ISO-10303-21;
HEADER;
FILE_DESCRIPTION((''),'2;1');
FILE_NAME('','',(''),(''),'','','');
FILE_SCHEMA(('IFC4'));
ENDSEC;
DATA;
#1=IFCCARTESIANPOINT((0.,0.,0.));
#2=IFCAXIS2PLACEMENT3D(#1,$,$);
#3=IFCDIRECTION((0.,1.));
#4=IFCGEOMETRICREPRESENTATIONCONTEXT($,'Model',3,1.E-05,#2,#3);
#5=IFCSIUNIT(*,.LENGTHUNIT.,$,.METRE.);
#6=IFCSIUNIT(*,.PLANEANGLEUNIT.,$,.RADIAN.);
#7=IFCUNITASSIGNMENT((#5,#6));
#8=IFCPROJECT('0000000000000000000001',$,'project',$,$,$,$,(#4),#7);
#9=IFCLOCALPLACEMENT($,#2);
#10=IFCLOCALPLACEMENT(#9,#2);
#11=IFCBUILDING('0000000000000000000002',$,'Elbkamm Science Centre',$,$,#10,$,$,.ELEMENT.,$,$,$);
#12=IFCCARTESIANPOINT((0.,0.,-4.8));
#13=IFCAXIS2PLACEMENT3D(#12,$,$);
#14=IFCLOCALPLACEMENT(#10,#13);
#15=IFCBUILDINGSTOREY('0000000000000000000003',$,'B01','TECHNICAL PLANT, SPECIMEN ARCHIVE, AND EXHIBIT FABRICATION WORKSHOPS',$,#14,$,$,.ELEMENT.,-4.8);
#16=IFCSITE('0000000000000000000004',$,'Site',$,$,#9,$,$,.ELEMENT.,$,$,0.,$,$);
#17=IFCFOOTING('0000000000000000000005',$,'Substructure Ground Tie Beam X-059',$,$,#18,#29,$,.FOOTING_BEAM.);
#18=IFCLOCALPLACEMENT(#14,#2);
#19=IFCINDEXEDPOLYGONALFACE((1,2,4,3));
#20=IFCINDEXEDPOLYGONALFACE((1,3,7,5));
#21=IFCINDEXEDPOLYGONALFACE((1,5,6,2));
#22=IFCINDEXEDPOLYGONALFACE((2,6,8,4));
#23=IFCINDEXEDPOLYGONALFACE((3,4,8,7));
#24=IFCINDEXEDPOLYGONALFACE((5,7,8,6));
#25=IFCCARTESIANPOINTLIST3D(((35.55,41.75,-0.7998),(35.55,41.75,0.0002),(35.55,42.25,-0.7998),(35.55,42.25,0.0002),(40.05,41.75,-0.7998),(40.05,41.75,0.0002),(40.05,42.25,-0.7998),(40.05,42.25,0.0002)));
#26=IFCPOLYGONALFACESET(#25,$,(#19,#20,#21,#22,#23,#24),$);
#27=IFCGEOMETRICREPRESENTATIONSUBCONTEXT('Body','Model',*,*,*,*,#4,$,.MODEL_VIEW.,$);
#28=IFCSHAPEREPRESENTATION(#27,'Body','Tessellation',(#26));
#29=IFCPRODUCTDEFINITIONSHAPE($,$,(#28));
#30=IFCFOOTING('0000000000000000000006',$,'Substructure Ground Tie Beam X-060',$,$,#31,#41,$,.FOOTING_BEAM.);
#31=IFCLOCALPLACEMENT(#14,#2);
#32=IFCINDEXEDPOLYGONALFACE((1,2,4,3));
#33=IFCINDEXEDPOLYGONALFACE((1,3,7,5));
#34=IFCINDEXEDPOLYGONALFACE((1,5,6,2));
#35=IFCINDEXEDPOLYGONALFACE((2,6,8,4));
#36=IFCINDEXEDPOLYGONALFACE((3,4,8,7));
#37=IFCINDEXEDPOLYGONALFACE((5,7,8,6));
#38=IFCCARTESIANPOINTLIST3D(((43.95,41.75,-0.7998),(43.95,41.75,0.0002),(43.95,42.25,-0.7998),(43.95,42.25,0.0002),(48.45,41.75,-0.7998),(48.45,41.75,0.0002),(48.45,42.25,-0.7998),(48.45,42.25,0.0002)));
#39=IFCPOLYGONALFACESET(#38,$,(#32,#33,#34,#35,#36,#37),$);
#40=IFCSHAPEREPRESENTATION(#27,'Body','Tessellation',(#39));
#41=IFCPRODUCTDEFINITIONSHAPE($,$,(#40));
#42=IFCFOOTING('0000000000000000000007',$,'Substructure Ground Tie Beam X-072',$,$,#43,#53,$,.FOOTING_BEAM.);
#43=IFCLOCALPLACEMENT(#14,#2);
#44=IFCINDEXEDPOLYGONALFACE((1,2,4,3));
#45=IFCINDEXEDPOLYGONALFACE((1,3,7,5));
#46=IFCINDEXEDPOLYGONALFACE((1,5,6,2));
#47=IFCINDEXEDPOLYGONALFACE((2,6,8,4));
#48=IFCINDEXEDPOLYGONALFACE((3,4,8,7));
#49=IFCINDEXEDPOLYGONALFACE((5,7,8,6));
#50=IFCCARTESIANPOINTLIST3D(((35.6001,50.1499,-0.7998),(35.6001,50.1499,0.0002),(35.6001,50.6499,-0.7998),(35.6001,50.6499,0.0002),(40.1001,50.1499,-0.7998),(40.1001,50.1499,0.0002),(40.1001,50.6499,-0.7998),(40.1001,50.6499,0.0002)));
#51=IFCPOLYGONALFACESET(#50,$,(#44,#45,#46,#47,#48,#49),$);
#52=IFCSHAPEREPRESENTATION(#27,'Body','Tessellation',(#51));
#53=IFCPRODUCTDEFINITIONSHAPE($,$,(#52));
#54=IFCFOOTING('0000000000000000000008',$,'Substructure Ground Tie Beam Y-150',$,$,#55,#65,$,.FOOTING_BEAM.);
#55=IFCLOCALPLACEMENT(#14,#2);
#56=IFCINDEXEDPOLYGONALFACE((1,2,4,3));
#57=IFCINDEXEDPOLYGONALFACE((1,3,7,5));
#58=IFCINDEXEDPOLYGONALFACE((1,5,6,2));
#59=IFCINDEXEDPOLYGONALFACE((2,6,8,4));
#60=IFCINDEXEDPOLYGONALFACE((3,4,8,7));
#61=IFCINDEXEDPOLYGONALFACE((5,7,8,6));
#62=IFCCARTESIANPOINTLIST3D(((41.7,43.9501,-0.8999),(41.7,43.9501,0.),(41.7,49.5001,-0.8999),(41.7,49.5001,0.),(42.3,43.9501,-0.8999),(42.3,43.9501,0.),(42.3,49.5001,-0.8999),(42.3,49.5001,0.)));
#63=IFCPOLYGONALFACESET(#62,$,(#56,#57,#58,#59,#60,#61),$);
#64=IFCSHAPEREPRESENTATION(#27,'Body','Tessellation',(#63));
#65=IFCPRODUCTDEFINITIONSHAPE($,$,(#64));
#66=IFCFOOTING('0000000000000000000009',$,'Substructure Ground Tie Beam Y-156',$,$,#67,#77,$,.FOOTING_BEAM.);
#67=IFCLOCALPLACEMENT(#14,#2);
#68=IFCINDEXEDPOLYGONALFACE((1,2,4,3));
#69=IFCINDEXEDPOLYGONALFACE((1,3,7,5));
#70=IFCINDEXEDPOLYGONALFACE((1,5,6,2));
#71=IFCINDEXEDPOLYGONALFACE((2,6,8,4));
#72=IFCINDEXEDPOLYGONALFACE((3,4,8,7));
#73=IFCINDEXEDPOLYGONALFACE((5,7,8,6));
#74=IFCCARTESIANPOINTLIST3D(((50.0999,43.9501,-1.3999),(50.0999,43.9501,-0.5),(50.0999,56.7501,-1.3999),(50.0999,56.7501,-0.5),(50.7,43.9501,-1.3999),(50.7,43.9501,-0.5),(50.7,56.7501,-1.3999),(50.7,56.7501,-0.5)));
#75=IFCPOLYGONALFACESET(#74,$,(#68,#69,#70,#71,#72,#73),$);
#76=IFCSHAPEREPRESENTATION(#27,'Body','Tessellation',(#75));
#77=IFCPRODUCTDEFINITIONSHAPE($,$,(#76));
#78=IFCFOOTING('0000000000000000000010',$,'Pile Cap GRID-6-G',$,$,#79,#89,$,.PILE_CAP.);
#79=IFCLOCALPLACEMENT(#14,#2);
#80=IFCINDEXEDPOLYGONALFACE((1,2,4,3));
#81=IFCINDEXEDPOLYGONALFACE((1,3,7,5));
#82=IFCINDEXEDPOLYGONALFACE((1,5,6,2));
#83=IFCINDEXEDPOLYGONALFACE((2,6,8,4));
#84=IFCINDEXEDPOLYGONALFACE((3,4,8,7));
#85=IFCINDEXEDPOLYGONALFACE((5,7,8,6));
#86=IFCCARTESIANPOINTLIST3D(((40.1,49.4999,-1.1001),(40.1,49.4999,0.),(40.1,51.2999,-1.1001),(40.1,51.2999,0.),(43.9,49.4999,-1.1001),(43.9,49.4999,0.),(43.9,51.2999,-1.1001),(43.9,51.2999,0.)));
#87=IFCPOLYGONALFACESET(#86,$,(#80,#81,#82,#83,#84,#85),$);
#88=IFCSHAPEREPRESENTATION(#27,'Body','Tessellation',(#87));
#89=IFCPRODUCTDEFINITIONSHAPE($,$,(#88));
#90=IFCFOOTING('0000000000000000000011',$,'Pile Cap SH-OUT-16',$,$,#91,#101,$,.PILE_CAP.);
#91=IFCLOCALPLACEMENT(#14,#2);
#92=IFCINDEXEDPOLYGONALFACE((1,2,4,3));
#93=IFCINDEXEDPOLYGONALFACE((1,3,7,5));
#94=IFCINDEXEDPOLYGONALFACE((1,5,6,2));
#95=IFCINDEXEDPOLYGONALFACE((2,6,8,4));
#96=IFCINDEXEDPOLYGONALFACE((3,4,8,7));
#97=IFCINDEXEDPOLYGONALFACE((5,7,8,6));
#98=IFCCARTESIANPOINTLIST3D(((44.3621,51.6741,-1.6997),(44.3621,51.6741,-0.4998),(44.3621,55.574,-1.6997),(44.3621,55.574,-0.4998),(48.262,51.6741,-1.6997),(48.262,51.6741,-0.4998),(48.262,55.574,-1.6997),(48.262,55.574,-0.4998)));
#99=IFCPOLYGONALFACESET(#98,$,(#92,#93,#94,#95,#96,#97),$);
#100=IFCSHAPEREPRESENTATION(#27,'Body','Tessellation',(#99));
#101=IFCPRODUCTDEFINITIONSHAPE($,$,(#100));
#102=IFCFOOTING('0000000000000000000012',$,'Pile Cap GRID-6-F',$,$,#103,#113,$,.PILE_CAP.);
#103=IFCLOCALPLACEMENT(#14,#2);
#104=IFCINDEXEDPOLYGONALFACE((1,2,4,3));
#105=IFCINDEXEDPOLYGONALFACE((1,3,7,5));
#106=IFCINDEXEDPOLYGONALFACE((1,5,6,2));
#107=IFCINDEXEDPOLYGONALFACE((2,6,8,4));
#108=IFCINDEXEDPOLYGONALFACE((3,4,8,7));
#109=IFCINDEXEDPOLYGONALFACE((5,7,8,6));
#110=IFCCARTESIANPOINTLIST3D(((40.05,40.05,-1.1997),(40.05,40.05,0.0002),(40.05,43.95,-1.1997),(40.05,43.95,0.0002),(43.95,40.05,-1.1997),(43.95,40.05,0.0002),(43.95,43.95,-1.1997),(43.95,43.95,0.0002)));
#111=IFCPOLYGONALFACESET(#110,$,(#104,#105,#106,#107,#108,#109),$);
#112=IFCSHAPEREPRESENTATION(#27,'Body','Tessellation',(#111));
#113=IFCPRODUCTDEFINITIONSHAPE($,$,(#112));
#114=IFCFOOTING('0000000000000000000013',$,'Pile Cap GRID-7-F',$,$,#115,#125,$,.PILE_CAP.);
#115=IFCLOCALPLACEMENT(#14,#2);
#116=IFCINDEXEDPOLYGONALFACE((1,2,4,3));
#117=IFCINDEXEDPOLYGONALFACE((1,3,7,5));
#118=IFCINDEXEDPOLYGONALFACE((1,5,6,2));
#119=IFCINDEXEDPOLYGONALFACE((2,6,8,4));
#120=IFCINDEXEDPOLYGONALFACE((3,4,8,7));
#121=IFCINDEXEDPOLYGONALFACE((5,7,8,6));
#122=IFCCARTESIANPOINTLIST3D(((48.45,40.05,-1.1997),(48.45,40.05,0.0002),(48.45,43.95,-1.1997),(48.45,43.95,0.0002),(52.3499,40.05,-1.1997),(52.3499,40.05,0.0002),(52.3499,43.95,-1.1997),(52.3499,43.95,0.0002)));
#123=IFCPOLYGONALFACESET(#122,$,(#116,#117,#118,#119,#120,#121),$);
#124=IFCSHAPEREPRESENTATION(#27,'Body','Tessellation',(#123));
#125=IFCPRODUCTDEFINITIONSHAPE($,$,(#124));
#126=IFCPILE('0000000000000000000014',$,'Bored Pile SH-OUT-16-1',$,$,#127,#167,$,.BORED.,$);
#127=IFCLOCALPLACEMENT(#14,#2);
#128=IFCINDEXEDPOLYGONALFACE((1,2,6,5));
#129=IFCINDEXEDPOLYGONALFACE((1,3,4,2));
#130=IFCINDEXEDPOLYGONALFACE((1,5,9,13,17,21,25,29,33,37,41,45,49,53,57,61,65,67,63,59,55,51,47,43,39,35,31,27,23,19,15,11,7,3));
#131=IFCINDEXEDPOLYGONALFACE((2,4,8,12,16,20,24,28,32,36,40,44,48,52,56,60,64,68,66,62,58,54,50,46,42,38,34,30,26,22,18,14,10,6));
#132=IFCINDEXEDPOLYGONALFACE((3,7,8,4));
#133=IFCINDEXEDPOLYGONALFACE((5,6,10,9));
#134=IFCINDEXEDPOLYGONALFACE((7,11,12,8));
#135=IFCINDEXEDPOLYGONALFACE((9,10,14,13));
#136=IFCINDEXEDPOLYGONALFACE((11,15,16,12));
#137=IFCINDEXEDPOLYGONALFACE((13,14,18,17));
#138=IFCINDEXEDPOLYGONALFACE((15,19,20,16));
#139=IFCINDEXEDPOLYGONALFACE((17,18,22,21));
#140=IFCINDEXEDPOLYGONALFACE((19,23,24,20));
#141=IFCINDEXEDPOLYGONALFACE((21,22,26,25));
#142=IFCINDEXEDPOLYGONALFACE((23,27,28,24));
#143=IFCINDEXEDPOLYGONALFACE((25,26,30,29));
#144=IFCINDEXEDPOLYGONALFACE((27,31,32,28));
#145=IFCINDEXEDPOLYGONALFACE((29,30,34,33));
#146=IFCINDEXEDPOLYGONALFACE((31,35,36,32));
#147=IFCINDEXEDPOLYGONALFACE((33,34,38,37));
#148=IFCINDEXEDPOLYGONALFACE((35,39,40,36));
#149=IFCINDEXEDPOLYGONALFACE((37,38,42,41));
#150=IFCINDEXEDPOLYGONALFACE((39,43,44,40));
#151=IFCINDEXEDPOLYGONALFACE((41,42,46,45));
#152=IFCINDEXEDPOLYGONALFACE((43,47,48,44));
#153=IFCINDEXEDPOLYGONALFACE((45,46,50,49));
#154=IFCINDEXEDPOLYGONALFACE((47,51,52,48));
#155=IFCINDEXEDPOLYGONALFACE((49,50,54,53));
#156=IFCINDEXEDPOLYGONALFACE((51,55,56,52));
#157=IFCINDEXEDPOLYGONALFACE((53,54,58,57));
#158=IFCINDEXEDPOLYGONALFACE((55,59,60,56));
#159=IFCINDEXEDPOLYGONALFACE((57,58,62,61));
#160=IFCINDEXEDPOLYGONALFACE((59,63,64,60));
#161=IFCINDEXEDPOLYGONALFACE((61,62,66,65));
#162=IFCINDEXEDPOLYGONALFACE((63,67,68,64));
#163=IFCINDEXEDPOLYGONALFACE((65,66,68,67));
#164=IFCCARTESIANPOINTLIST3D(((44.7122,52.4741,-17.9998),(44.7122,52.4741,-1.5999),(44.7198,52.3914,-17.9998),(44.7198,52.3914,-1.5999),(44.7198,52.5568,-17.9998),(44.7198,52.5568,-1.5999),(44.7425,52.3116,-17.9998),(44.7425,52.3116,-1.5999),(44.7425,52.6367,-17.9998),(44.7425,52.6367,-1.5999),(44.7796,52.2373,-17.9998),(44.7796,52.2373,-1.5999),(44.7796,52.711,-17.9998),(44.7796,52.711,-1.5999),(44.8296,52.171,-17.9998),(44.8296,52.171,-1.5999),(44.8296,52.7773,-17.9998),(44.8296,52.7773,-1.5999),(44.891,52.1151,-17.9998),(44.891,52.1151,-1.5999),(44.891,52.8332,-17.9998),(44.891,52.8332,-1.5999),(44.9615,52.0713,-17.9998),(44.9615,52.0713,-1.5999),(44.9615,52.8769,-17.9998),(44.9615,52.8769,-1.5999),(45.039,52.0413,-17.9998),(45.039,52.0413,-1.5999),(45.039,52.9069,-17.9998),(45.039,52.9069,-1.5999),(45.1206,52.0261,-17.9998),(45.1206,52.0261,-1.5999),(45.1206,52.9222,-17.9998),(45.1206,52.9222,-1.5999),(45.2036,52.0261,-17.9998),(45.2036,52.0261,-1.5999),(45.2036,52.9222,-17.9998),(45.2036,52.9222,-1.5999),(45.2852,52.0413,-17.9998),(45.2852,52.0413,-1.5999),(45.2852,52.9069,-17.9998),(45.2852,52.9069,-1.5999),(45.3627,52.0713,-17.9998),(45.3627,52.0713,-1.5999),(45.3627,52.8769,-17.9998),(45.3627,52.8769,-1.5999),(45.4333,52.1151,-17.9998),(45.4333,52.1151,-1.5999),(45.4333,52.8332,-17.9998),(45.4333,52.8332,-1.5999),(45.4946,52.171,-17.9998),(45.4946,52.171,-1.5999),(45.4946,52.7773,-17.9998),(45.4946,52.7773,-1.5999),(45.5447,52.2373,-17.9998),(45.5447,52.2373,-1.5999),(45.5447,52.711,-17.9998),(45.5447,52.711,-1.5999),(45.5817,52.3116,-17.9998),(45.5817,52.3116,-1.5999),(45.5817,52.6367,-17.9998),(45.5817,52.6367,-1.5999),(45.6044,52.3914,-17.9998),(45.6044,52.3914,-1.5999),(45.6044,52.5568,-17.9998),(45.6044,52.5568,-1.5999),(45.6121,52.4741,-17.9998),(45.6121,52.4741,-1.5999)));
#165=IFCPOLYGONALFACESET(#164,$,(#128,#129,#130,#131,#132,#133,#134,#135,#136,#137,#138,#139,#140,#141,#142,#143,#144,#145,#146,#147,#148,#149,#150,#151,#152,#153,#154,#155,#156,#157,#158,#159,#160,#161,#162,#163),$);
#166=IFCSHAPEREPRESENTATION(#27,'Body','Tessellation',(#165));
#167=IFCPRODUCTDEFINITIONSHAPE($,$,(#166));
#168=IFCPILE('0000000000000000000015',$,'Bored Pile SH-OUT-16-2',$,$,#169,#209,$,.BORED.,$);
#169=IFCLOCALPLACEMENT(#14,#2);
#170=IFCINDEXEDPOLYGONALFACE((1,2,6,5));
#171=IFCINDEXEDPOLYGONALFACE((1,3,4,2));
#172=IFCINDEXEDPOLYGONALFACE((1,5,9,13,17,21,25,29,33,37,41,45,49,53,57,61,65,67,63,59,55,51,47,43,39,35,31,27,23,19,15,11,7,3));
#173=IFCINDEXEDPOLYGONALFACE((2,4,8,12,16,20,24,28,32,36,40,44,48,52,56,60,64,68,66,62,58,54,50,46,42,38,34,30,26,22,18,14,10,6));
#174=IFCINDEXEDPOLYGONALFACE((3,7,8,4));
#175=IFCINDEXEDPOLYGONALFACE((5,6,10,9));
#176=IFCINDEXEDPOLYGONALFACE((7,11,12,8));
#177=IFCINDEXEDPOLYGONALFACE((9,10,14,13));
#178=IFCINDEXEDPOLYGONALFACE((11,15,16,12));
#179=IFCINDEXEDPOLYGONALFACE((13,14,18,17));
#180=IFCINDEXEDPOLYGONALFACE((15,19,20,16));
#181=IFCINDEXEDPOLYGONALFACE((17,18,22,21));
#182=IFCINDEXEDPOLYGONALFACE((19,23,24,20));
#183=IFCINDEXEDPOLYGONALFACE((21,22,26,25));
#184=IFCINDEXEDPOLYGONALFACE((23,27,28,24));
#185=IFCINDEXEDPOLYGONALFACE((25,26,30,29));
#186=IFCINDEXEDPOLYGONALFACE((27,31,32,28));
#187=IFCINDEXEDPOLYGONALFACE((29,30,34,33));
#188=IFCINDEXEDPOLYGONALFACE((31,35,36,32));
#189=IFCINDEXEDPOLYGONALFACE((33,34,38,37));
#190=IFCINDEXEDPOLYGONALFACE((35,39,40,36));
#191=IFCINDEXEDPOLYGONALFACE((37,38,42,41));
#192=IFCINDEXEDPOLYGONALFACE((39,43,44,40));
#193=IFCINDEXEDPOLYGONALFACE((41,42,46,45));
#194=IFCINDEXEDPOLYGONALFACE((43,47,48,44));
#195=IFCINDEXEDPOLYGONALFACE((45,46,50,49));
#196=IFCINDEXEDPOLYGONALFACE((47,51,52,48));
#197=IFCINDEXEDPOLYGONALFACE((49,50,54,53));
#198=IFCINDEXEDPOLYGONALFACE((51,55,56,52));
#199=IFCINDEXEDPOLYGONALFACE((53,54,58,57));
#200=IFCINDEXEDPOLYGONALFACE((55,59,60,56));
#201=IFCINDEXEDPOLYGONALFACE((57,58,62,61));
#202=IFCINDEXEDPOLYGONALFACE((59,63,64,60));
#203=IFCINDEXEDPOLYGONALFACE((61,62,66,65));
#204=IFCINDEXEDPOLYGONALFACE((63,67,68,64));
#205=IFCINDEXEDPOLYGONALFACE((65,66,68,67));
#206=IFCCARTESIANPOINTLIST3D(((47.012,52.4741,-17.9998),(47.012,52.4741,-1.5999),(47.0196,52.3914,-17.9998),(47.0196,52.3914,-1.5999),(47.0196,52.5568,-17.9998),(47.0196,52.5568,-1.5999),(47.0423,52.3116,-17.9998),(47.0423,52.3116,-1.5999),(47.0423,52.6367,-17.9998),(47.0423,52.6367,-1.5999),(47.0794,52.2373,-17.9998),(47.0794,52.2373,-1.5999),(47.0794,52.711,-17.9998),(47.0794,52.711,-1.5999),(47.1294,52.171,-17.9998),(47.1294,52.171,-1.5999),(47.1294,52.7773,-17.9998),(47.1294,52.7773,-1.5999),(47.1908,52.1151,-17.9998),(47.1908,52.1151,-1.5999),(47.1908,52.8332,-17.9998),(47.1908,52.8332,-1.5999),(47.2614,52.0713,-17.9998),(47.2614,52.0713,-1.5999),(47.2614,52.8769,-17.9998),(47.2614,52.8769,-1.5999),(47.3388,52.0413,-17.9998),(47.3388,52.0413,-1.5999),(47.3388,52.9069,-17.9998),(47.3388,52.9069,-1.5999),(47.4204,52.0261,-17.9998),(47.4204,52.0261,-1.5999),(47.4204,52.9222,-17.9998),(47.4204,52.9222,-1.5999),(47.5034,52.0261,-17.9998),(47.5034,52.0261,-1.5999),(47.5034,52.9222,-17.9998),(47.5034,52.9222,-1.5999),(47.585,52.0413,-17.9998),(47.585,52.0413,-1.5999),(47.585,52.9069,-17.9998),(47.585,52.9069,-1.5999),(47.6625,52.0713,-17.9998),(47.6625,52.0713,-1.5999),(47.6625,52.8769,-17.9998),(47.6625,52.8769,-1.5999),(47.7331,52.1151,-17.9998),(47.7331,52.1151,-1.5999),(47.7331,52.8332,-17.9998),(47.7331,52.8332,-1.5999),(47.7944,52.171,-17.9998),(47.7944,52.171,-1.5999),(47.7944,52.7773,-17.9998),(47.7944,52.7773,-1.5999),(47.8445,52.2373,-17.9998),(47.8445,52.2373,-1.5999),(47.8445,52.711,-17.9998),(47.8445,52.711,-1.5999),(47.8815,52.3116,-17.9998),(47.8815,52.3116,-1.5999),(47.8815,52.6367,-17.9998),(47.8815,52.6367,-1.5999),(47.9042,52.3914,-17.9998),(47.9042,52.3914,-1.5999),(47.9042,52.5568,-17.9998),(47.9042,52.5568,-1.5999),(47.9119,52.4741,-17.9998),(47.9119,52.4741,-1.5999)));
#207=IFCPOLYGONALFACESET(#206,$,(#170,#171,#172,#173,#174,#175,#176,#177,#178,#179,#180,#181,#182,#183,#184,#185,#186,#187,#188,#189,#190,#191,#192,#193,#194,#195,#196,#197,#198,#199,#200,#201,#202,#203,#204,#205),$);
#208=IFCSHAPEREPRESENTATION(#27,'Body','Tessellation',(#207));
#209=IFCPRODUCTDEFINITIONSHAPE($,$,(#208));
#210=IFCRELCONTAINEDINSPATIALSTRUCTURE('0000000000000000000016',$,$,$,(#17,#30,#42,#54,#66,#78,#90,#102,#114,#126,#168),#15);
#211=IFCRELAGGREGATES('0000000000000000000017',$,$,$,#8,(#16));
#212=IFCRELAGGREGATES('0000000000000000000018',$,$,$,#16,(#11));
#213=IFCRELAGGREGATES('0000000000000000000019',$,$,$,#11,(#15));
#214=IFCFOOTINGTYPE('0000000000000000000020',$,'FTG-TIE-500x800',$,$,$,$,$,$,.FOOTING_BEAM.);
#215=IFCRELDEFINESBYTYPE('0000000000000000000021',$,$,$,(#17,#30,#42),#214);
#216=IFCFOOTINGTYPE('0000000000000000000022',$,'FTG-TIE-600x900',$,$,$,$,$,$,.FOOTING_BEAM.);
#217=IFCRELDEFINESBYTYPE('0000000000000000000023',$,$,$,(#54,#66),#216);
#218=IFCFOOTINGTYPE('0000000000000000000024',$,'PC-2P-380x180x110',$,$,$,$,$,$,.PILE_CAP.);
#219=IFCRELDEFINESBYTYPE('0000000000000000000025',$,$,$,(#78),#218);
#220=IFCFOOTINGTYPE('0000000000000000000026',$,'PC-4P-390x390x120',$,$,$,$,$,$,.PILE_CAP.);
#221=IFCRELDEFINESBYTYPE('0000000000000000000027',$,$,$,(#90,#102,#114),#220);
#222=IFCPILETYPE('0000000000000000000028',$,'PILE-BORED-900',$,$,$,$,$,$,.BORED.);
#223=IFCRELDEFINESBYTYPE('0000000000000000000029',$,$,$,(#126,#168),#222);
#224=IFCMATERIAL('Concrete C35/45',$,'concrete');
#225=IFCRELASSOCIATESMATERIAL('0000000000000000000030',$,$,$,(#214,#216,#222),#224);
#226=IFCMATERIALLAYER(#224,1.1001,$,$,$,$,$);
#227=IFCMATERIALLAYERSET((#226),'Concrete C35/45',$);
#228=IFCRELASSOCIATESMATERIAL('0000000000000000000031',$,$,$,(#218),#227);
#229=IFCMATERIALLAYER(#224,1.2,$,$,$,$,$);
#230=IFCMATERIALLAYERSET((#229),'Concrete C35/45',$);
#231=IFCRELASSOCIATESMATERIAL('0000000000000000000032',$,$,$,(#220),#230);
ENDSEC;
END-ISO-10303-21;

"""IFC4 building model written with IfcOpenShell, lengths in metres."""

from ifc_helpers import new_model, si_unit, direction, frame, origin, origin_2d, place, context, subcontext, project, spatial, rectangle, circle, extrude, material, layer, layer_set, material_profile, profile_set, type_object, element, save


model = new_model("IFC4")

# Units and contexts
model_context = context("Model", 3, precision=1e-05, world=origin(), true_north=direction((0.0, 1.0)))
body_context = subcontext(model_context, "Body", "Model", "MODEL_VIEW")
ifc_project = project(units=[si_unit("LENGTHUNIT", "METRE"), si_unit("PLANEANGLEUNIT", "RADIAN")], contexts=[model_context])

# Site, building, storey
site_placement = place(None, origin())
site = spatial("IfcSite", under=ifc_project, at=site_placement, Name="Site", CompositionType="ELEMENT", RefElevation=0.0)
building_placement = place(site_placement, origin())
building = spatial("IfcBuilding", under=site, at=building_placement, Name="Elbkamm Science Centre", CompositionType="ELEMENT")
storey_placement = place(building_placement, frame((0.0, 0.0, -4.8)))
storey = spatial("IfcBuildingStorey", under=building, at=storey_placement, Name="B01", Description="TECHNICAL PLANT, SPECIMEN ARCHIVE, AND EXHIBIT FABRICATION WORKSHOPS", CompositionType="ELEMENT", Elevation=-4.8)

# Footings
ifc_material_1 = material(Name="Concrete C35/45", Category="concrete")
footing_type_1 = type_object("IfcFootingType", Name="FTG-TIE-500x800", PredefinedType="FOOTING_BEAM", material=ifc_material_1)
for number, where, z_axis, x_axis, name in (
    (1, (37.8, 42.0, -0.7998), (0.0, 0.0, 1.0), (1.0, 0.0, 0.0), "Substructure Ground Tie Beam X-059"),
    (2, (46.2, 42.0, -0.7998), (0.0, 0.0, 1.0), (1.0, 0.0, 0.0), "Substructure Ground Tie Beam X-060"),
    (3, (37.8501, 50.3999, -0.7998), (0.0, 0.0, 1.0), (1.0, 0.0, 0.0), "Substructure Ground Tie Beam X-072"),
):
    element("IfcFooting", number, at=place(storey_placement, frame(where, z_axis=z_axis, x_axis=x_axis)), inside=storey, type_object=footing_type_1, Name=name, PredefinedType="FOOTING_BEAM", context=body_context, shape_type="SweptSolid", body=[
        extrude(rectangle(XDim=4.5, YDim=0.5, at=origin_2d()), origin(), (0.0, 0.0, 1.0), 0.8),
    ])
footing_type_2 = type_object("IfcFootingType", Name="FTG-TIE-600x900", PredefinedType="FOOTING_BEAM", material=ifc_material_1)
footing_1_placement = place(storey_placement, frame((42.0, 46.7251, -0.8999), z_axis=(0.0, 0.0, 1.0), x_axis=(1.0, 0.0, 0.0)))
element("IfcFooting", 4, at=footing_1_placement, inside=storey, type_object=footing_type_2, Name="Substructure Ground Tie Beam Y-150", PredefinedType="FOOTING_BEAM", context=body_context, shape_type="SweptSolid", body=[
    extrude(rectangle(XDim=0.6001, YDim=5.55, at=origin_2d()), origin(), (0.0, 0.0, 1.0), 0.8999),
])
footing_2_placement = place(storey_placement, frame((50.3999, 50.3501, -1.3999), z_axis=(0.0, 0.0, 1.0), x_axis=(1.0, 0.0, 0.0)))
element("IfcFooting", 5, at=footing_2_placement, inside=storey, type_object=footing_type_2, Name="Substructure Ground Tie Beam Y-156", PredefinedType="FOOTING_BEAM", context=body_context, shape_type="SweptSolid", body=[
    extrude(rectangle(XDim=0.6001, YDim=12.8, at=origin_2d()), origin(), (0.0, 0.0, 1.0), 0.8999),
])
ifc_layer_1 = layer(ifc_material_1, 1.1001)
ifc_layer_set_1 = layer_set([ifc_layer_1], Name="Concrete C35/45")
footing_type_3 = type_object("IfcFootingType", Name="PC-2P-380x180x110", PredefinedType="PILE_CAP", material=ifc_layer_set_1)
footing_3_placement = place(storey_placement, frame((42.0, 50.3999, -1.1001), z_axis=(0.0, 0.0, 1.0), x_axis=(1.0, 0.0, 0.0)))
element("IfcFooting", 6, at=footing_3_placement, inside=storey, type_object=footing_type_3, Name="Pile Cap GRID-6-G", PredefinedType="PILE_CAP", context=body_context, shape_type="SweptSolid", body=[
    extrude(rectangle(XDim=3.8, YDim=1.8, at=origin_2d()), origin(), (0.0, 0.0, 1.0), 1.1001),
])
ifc_layer_2 = layer(ifc_material_1, 1.2)
ifc_layer_set_2 = layer_set([ifc_layer_2], Name="Concrete C35/45")
footing_type_4 = type_object("IfcFootingType", Name="PC-4P-390x390x120", PredefinedType="PILE_CAP", material=ifc_layer_set_2)
for number, where, z_axis, x_axis, name in (
    (7, (46.312, 53.624, -1.6997), (0.0, 0.0, 1.0), (1.0, 0.0, 0.0), "Pile Cap SH-OUT-16"),
    (8, (42.0, 42.0, -1.1997), (0.0, 0.0, 1.0), (1.0, 0.0, 0.0), "Pile Cap GRID-6-F"),
    (9, (50.3999, 42.0, -1.1997), (0.0, 0.0, 1.0), (1.0, 0.0, 0.0), "Pile Cap GRID-7-F"),
):
    element("IfcFooting", number, at=place(storey_placement, frame(where, z_axis=z_axis, x_axis=x_axis)), inside=storey, type_object=footing_type_4, Name=name, PredefinedType="PILE_CAP", context=body_context, shape_type="SweptSolid", body=[
        extrude(rectangle(XDim=3.8999, YDim=3.8999, at=origin_2d()), origin(), (0.0, 0.0, 1.0), 1.2),
    ])

# Piles
ifc_material_profile_1 = material_profile(ifc_material_1, circle(Radius=0.45, at=origin_2d()), Name="PILE D900")
ifc_profile_set_1 = profile_set([ifc_material_profile_1], Name="Concrete C35/45")
pile_type = type_object("IfcPileType", Name="PILE-BORED-900", PredefinedType="BORED", material=ifc_profile_set_1)
for number, where, z_axis, x_axis, name in (
    (10, (45.1621, 52.4741, -1.5999), (0.0, 0.0, -1.0), (1.0, 0.0, 0.0), "Bored Pile SH-OUT-16-1"),
    (11, (47.4619, 52.4741, -1.5999), (0.0, 0.0, -1.0), (1.0, 0.0, 0.0), "Bored Pile SH-OUT-16-2"),
):
    element("IfcPile", number, at=place(storey_placement, frame(where, z_axis=z_axis, x_axis=x_axis)), inside=storey, type_object=pile_type, Name=name, PredefinedType="BORED", context=body_context, shape_type="SweptSolid", body=[
        extrude(circle(Radius=0.45, at=origin_2d()), origin(), (0.0, 0.0, 1.0), 16.3999),
    ])

save(model, "model.ifc")
